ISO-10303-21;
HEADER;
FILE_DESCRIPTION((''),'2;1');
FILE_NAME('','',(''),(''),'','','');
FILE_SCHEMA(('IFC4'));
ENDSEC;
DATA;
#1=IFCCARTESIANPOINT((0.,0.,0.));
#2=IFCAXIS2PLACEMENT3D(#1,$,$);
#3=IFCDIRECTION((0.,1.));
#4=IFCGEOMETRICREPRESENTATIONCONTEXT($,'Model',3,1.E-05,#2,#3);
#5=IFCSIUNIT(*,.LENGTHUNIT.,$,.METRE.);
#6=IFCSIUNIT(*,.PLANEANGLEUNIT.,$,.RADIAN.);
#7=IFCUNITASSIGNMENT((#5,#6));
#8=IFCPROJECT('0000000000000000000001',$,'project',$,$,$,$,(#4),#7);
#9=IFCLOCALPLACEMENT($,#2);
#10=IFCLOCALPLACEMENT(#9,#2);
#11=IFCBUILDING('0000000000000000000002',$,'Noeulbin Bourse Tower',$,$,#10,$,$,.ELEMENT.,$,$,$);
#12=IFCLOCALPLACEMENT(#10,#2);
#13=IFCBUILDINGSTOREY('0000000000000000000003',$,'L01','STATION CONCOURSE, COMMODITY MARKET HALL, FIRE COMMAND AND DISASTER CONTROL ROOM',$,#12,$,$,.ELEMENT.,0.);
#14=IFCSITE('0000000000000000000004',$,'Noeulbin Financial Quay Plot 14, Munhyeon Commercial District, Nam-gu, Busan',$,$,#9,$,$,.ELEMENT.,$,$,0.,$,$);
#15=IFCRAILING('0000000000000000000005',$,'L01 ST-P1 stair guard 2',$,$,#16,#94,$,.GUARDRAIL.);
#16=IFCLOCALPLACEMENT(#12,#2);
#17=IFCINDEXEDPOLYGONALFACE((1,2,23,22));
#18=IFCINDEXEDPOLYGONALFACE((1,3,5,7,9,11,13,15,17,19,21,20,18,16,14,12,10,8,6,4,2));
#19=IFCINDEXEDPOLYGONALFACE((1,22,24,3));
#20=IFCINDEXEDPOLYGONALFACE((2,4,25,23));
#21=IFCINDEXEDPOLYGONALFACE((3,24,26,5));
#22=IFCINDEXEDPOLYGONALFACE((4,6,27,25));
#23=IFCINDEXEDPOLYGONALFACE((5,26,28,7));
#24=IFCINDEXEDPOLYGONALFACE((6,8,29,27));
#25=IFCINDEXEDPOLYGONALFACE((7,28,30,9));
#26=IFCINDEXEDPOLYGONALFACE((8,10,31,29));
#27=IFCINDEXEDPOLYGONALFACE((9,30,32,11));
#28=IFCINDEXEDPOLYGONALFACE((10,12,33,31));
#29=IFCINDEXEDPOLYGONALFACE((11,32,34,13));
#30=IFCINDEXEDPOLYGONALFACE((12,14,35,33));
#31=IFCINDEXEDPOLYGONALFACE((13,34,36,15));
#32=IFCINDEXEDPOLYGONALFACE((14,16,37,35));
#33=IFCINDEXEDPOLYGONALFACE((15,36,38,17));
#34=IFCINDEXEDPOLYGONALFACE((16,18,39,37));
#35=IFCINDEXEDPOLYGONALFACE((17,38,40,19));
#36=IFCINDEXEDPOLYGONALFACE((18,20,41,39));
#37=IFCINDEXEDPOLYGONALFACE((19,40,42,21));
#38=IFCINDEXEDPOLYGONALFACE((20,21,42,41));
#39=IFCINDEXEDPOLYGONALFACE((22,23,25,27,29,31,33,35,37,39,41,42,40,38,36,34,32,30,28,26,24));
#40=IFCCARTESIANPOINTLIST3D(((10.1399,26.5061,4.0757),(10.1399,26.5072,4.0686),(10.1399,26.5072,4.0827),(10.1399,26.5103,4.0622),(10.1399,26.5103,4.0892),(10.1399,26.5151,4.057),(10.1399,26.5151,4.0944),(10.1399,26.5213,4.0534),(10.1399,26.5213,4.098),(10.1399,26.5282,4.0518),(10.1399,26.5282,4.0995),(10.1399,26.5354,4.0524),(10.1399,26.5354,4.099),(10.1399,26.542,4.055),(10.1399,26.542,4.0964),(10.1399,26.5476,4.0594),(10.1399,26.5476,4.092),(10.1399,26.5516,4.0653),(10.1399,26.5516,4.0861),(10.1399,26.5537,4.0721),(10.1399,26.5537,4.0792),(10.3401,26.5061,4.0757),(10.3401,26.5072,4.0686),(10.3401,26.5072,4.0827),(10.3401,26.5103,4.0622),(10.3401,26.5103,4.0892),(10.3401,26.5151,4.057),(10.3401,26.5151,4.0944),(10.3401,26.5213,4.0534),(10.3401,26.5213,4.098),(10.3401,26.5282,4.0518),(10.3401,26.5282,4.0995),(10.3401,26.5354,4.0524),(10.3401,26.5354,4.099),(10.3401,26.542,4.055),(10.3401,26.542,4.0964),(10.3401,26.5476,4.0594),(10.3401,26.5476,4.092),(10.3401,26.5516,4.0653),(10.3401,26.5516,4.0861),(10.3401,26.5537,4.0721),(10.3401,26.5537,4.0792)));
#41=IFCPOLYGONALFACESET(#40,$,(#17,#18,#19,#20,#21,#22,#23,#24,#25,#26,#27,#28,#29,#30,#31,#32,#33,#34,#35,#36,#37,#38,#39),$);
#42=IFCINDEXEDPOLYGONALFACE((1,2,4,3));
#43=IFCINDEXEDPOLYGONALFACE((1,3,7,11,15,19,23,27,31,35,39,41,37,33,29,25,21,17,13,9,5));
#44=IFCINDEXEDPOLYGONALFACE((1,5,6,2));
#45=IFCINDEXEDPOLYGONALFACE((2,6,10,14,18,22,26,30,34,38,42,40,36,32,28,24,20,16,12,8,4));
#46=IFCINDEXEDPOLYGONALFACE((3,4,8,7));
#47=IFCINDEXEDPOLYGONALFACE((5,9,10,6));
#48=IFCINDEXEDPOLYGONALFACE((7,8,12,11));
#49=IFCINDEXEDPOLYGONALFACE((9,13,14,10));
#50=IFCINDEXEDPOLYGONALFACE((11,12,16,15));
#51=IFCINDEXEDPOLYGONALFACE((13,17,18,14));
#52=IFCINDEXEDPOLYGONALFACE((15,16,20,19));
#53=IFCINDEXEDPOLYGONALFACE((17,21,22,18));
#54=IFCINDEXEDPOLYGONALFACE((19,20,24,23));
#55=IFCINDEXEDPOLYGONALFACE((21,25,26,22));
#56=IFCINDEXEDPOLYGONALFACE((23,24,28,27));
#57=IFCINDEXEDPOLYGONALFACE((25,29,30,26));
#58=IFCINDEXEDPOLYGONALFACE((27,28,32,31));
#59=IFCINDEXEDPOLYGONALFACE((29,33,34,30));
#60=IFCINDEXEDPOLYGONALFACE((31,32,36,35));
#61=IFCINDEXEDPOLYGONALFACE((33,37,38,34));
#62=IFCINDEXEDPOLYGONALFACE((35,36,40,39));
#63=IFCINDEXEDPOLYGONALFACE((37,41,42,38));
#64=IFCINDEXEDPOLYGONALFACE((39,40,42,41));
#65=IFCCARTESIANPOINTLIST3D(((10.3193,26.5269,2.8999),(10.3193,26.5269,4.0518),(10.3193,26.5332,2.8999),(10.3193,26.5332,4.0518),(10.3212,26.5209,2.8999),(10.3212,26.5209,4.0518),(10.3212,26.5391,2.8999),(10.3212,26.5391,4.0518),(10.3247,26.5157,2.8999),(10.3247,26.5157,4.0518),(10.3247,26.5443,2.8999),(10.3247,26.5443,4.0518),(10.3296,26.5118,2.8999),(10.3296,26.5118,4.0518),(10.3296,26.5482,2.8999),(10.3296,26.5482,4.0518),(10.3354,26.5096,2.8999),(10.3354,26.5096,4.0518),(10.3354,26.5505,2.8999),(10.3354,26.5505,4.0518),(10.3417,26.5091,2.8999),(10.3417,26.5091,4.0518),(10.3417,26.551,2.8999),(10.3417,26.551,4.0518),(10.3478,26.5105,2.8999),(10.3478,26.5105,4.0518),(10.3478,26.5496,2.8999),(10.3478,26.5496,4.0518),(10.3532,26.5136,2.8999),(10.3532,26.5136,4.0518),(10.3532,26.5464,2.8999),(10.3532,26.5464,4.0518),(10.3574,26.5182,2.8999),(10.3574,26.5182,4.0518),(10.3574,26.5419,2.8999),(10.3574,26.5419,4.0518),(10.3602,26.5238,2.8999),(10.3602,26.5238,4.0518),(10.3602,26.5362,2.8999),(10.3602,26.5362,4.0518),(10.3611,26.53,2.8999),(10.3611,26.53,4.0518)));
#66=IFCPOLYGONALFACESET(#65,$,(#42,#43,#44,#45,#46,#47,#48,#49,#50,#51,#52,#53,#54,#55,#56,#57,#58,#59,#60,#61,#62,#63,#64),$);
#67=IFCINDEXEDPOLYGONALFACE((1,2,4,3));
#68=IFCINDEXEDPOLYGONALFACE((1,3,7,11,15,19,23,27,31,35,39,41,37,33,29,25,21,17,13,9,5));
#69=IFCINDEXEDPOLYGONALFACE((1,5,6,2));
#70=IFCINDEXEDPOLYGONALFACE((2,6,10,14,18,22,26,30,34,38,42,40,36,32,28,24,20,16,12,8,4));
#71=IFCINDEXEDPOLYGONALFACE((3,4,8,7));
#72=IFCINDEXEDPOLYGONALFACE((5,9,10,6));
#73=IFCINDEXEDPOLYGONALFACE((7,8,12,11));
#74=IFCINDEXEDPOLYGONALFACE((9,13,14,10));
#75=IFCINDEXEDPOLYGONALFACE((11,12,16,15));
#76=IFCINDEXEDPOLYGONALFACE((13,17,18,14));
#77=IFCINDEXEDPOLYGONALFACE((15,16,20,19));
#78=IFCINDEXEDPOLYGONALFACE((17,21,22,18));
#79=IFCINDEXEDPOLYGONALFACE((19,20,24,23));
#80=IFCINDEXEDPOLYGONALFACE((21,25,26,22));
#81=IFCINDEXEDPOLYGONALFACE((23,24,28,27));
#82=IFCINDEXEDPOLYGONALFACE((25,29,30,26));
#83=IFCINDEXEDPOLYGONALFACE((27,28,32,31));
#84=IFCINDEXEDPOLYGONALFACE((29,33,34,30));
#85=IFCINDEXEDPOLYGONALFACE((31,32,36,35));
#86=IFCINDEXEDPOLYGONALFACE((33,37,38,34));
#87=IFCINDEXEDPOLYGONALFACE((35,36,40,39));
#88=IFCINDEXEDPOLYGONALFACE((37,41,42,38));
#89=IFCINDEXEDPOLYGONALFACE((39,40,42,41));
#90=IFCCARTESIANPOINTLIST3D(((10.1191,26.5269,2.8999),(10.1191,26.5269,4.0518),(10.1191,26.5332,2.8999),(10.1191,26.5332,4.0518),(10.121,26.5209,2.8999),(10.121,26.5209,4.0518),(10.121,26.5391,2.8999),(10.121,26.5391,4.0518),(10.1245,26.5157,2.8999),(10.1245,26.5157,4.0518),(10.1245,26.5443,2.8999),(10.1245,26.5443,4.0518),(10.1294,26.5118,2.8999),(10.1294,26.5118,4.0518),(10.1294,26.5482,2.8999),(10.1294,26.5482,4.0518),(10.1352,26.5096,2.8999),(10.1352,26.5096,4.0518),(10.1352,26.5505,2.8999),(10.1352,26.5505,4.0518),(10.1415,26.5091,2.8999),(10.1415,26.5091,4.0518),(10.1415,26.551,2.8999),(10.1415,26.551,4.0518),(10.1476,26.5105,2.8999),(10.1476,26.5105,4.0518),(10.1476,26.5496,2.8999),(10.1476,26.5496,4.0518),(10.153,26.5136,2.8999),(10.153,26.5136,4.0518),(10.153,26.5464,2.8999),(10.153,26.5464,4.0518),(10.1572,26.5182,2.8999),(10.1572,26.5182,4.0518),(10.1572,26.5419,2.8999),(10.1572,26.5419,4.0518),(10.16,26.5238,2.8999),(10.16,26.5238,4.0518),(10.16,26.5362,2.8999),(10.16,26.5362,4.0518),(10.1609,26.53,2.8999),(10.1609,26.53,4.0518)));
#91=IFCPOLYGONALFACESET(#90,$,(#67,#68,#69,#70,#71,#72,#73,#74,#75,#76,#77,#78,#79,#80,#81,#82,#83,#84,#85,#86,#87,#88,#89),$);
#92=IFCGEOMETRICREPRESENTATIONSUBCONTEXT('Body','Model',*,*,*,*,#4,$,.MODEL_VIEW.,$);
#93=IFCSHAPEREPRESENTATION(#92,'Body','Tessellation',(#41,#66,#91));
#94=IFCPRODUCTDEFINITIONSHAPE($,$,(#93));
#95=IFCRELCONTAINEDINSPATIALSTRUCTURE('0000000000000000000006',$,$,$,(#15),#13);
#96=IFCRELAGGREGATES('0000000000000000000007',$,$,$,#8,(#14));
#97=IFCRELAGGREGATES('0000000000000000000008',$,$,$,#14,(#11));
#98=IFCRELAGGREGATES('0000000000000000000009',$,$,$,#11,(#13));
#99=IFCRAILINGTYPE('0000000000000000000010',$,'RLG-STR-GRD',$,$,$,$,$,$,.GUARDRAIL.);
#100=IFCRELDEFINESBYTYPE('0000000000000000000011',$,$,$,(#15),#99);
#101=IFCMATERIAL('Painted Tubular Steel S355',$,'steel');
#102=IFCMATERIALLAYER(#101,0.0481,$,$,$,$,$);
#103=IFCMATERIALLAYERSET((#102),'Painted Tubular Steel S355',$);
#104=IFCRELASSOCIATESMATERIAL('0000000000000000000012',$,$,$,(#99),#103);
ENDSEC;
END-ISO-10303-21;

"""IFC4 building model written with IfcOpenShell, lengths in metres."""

from ifc_helpers import new_model, si_unit, direction, frame, origin, origin_2d, place, context, subcontext, project, spatial, circle, extrude, material, layer, layer_set, type_object, element, save


model = new_model("IFC4")

# Units and contexts
model_context = context("Model", 3, precision=1e-05, world=origin(), true_north=direction((0.0, 1.0)))
body_context = subcontext(model_context, "Body", "Model", "MODEL_VIEW")
ifc_project = project(units=[si_unit("LENGTHUNIT", "METRE"), si_unit("PLANEANGLEUNIT", "RADIAN")], contexts=[model_context])

# Site, building, storey
site_placement = place(None, origin())
site = spatial("IfcSite", under=ifc_project, at=site_placement, Name="Noeulbin Financial Quay Plot 14, Munhyeon Commercial District, Nam-gu, Busan", CompositionType="ELEMENT", RefElevation=0.0)
building_placement = place(site_placement, origin())
building = spatial("IfcBuilding", under=site, at=building_placement, Name="Noeulbin Bourse Tower", CompositionType="ELEMENT")
storey_placement = place(building_placement, origin())
storey = spatial("IfcBuildingStorey", under=building, at=storey_placement, Name="L01", Description="STATION CONCOURSE, COMMODITY MARKET HALL, FIRE COMMAND AND DISASTER CONTROL ROOM", CompositionType="ELEMENT", Elevation=0.0)

# Railing
ifc_material_1 = material(Name="Painted Tubular Steel S355", Category="steel")
ifc_layer_1 = layer(ifc_material_1, 0.0481)
ifc_layer_set_1 = layer_set([ifc_layer_1], Name="Painted Tubular Steel S355")
railing_type_1 = type_object("IfcRailingType", Name="RLG-STR-GRD", PredefinedType="GUARDRAIL", material=ifc_layer_set_1)
railing_1_placement = place(storey_placement, frame((10.3401, 26.53, 2.8999)))
element("IfcRailing", 1, at=railing_1_placement, inside=storey, type_object=railing_type_1, Name="L01 ST-P1 stair guard 2", PredefinedType="GUARDRAIL", context=body_context, shape_type="SweptSolid", body=[
    extrude(circle(Radius=0.0239, at=origin_2d()), frame((0.0, 0.0, 1.1758), z_axis=(-1.0, 0.0, 0.0), x_axis=(0.0, -1.0, 0.0)), (0.0, 0.0, 1.0), 0.2002),
    extrude(circle(Radius=0.021, at=origin_2d()), origin(), (0.0, 0.0, 1.0), 1.1519),
    extrude(circle(Radius=0.021, at=origin_2d()), frame((-0.2002, 0.0, 0.0)), (0.0, 0.0, 1.0), 1.1519),
])

save(model, "model.ifc")
